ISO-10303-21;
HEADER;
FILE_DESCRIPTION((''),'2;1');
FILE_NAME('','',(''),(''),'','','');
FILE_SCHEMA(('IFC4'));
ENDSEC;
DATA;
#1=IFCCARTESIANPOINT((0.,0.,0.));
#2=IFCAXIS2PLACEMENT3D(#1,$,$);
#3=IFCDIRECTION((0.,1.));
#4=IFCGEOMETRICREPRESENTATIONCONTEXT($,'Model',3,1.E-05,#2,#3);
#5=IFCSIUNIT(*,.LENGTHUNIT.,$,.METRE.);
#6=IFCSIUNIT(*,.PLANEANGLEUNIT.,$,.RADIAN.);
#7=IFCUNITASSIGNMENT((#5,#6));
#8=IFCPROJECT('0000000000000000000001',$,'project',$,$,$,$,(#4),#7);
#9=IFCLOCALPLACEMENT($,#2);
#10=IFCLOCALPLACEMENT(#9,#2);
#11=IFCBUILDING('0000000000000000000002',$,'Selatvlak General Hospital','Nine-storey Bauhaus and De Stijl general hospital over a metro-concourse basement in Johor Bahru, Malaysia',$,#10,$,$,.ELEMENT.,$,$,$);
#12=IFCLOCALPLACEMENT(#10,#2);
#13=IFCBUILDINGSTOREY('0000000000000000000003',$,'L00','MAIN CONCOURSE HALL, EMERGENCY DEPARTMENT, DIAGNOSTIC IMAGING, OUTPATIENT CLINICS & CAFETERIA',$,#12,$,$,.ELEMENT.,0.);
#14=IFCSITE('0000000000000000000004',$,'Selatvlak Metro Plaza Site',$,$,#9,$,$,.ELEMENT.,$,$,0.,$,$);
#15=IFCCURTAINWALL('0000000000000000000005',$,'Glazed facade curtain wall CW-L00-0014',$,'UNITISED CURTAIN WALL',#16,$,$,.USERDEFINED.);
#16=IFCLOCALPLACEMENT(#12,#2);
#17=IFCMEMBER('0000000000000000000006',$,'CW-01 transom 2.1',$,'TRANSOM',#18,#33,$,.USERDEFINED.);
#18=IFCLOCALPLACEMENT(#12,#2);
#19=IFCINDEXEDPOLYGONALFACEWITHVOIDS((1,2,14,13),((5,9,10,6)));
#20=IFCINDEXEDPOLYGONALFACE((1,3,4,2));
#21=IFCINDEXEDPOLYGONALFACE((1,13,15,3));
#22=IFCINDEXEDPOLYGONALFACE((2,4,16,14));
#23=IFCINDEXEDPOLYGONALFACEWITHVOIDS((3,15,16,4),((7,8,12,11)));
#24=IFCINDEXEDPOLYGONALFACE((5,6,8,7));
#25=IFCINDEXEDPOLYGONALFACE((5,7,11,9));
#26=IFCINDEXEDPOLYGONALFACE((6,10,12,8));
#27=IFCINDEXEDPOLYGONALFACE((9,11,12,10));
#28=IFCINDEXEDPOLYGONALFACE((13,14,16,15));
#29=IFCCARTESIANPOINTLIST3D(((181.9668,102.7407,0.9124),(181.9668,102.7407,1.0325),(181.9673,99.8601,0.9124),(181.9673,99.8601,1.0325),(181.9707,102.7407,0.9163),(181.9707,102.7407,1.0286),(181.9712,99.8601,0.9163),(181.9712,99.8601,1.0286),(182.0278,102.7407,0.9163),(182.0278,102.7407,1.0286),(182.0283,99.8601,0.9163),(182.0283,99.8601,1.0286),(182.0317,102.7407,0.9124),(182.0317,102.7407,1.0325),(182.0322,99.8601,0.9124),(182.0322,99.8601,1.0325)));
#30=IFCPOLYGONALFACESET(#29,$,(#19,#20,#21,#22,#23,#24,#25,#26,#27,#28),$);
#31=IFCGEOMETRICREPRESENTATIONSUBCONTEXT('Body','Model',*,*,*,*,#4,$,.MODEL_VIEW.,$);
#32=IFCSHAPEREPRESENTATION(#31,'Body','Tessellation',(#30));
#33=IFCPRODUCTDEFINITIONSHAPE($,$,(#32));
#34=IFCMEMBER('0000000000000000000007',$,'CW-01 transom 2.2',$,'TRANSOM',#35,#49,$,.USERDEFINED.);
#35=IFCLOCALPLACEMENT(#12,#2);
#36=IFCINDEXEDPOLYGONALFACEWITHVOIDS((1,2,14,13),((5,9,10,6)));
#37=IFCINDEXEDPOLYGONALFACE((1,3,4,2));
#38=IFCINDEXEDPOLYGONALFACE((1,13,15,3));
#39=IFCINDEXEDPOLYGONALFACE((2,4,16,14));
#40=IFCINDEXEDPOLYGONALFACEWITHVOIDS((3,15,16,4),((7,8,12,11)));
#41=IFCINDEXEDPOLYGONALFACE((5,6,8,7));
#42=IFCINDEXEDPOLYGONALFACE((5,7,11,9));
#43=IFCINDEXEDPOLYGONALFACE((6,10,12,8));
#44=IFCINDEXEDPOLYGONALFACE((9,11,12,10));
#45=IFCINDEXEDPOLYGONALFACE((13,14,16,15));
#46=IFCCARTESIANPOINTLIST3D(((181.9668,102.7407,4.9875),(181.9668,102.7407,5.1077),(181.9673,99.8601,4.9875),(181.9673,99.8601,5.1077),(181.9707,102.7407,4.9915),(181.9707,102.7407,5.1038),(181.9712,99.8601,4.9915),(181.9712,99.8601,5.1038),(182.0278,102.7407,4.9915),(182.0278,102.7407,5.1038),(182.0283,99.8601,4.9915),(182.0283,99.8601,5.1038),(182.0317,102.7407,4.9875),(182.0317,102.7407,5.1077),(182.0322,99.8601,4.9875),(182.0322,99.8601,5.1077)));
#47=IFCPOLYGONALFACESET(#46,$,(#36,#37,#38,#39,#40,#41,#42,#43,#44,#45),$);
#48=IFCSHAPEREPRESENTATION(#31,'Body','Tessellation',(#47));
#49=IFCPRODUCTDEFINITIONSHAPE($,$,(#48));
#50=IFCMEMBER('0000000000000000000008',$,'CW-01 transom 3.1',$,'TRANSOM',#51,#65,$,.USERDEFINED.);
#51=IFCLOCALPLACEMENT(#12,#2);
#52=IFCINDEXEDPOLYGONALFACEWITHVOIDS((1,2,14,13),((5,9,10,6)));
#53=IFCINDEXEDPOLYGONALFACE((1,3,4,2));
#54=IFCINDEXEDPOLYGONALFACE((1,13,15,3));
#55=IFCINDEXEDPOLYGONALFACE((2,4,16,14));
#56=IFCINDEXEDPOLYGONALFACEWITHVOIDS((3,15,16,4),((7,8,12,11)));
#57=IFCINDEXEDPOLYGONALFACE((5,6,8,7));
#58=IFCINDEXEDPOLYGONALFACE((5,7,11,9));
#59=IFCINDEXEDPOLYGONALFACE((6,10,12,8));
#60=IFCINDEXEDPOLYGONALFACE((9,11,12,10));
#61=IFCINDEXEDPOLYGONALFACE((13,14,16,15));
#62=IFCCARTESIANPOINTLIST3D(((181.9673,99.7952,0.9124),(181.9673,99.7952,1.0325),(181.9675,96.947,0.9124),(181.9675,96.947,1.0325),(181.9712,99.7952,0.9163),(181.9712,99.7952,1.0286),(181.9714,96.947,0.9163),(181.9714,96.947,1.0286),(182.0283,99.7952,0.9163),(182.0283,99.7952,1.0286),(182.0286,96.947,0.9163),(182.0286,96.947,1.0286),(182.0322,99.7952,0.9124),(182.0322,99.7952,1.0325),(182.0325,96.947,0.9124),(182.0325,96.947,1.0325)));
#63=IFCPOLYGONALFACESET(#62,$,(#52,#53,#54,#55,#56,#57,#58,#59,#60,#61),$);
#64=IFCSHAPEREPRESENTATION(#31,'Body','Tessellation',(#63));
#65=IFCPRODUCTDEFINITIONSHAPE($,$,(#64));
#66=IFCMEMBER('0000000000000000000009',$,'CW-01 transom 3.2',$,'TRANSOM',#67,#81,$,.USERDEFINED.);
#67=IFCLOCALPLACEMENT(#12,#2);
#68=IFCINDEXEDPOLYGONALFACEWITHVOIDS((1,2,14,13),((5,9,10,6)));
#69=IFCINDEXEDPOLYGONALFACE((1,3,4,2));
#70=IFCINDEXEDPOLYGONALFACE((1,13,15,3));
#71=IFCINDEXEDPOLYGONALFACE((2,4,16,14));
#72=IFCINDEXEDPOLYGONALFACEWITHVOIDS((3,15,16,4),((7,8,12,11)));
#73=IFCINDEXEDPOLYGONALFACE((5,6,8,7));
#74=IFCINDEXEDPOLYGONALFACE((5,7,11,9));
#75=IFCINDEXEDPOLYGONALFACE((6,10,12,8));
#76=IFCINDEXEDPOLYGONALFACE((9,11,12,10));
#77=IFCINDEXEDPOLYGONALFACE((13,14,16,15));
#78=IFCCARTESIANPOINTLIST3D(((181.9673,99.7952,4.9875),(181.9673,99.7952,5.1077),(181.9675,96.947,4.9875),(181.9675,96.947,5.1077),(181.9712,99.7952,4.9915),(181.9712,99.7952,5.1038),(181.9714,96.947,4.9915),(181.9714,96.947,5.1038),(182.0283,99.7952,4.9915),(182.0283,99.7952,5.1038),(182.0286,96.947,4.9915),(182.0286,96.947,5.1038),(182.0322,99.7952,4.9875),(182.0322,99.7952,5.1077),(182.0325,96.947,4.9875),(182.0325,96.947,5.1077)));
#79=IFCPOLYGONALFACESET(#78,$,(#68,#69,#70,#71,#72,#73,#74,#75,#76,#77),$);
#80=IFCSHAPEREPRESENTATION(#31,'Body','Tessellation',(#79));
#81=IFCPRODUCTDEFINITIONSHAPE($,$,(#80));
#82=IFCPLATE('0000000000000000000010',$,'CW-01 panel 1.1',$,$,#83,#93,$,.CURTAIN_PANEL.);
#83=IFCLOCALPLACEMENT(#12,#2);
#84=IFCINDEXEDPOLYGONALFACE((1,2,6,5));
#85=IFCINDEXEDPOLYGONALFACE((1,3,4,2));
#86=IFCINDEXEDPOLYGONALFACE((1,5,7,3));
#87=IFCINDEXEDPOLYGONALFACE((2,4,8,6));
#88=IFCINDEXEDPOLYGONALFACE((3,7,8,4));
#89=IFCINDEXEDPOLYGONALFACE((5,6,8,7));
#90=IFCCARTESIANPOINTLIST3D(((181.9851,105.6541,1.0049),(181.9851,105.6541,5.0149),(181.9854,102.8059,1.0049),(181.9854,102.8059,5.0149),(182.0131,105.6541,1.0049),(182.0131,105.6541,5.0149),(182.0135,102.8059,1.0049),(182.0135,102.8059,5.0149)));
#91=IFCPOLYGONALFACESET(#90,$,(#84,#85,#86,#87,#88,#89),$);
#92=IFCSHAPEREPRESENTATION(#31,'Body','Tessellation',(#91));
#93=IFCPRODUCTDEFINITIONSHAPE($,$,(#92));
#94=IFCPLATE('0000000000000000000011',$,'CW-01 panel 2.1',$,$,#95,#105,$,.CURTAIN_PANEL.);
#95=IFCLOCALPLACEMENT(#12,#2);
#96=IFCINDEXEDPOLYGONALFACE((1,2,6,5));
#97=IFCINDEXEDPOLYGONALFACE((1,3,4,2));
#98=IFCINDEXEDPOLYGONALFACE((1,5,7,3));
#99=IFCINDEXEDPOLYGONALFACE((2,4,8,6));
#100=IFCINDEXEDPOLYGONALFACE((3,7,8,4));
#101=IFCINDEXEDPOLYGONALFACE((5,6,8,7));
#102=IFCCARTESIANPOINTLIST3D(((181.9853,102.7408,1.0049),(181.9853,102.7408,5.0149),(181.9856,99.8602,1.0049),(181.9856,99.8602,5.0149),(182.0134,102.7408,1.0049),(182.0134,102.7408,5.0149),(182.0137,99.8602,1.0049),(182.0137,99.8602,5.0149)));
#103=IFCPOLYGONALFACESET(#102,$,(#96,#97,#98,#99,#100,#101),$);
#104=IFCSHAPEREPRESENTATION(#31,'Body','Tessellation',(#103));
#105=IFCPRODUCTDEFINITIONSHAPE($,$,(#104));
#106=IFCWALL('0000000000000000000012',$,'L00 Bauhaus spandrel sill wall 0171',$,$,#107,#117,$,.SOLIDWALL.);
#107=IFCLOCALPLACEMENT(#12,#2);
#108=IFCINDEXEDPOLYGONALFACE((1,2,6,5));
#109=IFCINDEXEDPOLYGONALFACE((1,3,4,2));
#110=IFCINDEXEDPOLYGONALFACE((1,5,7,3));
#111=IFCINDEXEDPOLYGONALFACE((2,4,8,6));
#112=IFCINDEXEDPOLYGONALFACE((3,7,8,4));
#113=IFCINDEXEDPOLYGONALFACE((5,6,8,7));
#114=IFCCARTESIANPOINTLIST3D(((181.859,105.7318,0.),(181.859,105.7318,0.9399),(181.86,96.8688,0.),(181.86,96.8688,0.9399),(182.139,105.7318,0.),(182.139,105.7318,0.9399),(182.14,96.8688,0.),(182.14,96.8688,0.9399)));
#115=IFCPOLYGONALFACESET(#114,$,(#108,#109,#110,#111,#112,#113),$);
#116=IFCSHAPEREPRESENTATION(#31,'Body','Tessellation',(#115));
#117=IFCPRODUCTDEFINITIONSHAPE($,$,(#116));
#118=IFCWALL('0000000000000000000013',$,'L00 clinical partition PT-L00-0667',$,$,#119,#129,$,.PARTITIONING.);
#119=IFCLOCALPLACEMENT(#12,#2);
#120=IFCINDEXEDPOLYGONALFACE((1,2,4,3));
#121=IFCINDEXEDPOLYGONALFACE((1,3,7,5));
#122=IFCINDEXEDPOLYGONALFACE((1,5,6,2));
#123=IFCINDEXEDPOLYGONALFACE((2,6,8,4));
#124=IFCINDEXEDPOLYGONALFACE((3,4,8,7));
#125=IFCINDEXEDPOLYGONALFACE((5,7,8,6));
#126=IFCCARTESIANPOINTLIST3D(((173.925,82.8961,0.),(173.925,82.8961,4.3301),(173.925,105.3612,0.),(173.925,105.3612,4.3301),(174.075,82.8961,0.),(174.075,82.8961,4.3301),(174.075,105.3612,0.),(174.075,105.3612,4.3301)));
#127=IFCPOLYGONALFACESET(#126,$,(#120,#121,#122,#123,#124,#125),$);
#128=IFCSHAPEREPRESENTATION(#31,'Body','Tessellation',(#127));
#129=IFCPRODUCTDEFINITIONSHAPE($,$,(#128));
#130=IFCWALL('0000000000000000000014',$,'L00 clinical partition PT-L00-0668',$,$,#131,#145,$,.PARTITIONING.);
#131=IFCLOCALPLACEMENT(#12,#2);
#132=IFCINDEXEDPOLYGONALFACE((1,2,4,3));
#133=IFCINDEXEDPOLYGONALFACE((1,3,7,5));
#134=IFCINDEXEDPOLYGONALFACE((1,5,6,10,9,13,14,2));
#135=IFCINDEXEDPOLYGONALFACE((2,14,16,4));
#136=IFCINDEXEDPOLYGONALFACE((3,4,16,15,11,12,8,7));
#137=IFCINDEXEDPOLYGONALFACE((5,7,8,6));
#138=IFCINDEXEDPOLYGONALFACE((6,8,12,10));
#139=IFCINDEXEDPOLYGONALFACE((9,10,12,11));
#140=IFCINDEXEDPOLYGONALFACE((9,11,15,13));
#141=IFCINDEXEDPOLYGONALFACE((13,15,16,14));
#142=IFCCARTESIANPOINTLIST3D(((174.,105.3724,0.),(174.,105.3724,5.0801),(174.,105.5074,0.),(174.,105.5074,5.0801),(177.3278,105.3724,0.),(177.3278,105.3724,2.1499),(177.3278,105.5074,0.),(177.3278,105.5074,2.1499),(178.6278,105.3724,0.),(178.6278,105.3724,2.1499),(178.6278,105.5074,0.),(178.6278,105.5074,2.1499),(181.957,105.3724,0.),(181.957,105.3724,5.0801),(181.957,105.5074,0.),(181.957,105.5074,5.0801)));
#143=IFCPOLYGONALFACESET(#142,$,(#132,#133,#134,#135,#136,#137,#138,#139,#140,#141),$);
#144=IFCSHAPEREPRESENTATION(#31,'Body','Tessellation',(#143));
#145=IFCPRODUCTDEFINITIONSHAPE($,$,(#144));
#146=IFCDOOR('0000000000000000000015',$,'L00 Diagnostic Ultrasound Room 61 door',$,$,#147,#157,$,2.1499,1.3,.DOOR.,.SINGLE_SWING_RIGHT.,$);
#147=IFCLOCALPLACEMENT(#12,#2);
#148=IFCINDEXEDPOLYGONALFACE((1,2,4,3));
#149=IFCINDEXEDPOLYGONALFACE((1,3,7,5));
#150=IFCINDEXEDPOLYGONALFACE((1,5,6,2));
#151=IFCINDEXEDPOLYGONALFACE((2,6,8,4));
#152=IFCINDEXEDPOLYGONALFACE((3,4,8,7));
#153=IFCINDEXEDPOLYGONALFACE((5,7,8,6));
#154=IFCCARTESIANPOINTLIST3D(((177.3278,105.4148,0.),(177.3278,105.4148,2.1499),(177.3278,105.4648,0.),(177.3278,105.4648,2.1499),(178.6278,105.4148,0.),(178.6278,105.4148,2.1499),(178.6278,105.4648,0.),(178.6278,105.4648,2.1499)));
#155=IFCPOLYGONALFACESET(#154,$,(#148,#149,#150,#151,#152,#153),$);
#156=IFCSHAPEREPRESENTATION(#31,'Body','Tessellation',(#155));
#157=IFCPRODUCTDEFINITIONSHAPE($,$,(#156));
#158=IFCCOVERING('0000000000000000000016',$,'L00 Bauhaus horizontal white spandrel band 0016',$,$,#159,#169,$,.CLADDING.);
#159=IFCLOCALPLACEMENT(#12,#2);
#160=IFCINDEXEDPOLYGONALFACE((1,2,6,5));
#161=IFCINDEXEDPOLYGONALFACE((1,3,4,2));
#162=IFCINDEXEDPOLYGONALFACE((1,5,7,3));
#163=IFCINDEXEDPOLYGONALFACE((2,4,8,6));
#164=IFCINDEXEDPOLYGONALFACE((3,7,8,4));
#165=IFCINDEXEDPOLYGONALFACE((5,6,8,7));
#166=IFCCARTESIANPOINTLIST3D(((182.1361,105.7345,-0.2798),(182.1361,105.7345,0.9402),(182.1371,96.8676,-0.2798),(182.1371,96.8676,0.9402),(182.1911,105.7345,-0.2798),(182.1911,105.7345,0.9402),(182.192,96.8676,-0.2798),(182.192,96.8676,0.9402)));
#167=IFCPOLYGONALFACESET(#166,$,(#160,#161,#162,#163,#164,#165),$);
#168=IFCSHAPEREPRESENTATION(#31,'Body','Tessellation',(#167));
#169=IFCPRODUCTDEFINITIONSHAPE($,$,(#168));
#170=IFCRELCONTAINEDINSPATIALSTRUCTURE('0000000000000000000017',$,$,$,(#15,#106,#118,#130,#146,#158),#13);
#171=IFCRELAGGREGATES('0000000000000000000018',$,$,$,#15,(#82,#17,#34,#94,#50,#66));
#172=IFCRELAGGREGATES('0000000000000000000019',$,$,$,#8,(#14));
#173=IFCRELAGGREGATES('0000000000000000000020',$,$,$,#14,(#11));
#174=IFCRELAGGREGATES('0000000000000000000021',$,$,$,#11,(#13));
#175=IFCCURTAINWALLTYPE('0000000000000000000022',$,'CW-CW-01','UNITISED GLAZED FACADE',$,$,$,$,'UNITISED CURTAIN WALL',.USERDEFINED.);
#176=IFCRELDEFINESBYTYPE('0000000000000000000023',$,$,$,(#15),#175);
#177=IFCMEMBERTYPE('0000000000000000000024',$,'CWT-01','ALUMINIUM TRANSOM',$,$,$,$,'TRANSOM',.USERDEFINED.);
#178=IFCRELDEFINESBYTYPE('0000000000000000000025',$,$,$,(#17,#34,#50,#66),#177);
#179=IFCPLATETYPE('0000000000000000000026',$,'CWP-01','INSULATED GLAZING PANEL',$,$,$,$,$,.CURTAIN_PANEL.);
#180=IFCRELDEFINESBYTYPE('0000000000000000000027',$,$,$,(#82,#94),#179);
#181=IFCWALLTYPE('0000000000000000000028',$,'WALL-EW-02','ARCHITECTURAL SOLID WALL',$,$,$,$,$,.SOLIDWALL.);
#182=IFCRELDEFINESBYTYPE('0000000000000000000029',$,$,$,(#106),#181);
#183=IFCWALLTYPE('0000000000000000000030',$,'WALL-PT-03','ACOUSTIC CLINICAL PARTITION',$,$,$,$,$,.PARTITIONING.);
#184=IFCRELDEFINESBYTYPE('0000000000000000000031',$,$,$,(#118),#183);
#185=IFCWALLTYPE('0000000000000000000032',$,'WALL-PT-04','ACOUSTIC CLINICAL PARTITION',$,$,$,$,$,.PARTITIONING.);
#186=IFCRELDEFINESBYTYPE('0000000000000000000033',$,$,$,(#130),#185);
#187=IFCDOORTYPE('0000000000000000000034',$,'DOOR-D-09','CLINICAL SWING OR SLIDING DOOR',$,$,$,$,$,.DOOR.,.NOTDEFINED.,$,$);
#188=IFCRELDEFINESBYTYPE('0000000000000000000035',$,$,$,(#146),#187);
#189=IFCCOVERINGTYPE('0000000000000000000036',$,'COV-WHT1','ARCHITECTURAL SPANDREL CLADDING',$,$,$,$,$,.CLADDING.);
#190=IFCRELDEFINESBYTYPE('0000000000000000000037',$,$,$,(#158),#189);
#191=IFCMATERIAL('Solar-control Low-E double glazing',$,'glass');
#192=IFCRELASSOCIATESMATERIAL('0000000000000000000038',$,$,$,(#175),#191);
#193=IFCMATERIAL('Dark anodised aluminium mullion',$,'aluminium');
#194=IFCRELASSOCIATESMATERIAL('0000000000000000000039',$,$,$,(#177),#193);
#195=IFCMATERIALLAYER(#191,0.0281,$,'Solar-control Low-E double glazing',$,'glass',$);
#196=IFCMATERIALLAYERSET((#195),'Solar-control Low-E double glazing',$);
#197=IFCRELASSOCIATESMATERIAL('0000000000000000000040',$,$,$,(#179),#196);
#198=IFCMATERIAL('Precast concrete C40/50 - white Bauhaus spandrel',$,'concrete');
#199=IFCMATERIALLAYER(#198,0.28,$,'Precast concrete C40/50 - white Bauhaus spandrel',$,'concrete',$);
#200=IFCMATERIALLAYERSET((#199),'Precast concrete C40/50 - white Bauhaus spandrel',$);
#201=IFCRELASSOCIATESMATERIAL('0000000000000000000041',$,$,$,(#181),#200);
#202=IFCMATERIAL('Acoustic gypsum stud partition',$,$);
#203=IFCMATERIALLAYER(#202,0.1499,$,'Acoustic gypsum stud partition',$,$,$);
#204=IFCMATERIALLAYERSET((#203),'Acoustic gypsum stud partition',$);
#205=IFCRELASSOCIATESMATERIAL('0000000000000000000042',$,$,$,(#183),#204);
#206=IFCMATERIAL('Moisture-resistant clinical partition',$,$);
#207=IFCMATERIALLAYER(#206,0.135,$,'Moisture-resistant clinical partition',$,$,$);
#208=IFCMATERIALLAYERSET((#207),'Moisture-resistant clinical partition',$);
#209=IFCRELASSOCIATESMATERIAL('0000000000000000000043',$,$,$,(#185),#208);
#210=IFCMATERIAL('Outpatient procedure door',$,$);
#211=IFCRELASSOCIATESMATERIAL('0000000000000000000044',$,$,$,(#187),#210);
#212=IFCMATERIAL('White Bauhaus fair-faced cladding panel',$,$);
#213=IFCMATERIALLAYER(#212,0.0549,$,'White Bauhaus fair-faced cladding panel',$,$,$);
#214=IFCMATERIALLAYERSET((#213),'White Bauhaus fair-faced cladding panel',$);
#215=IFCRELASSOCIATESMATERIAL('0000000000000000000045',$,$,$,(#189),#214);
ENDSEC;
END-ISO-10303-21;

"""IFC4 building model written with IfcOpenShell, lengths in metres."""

from ifc_helpers import new_model, si_unit, direction, frame, frame_2d, origin, origin_2d, place, context, subcontext, project, spatial, rectangle, hollow_rectangle, extrude, material, layer, layer_set, material_profile, profile_set, type_object, element, fill, aggregate, save


model = new_model("IFC4")

# Units and contexts
model_context = context("Model", 3, precision=1e-05, world=origin(), true_north=direction((0.0, 1.0)))
body_context = subcontext(model_context, "Body", "Model", "MODEL_VIEW")
ifc_project = project(units=[si_unit("LENGTHUNIT", "METRE"), si_unit("PLANEANGLEUNIT", "RADIAN")], contexts=[model_context])

# Site, building, storey
site_placement = place(None, origin())
site = spatial("IfcSite", under=ifc_project, at=site_placement, Name="Selatvlak Metro Plaza Site", CompositionType="ELEMENT", RefElevation=0.0)
building_placement = place(site_placement, origin())
building = spatial("IfcBuilding", under=site, at=building_placement, Name="Selatvlak General Hospital", Description="Nine-storey Bauhaus and De Stijl general hospital over a metro-concourse basement in Johor Bahru, Malaysia", CompositionType="ELEMENT")
storey_placement = place(building_placement, origin())
storey = spatial("IfcBuildingStorey", under=building, at=storey_placement, Name="L00", Description="MAIN CONCOURSE HALL, EMERGENCY DEPARTMENT, DIAGNOSTIC IMAGING, OUTPATIENT CLINICS & CAFETERIA", CompositionType="ELEMENT", Elevation=0.0)

# Curtain wall, members, plates
ifc_material_1 = material(Name="Solar-control Low-E double glazing", Category="glass")
curtain_wall_type = type_object("IfcCurtainWallType", Name="CW-CW-01", Description="UNITISED GLAZED FACADE", ElementType="UNITISED CURTAIN WALL", PredefinedType="USERDEFINED", material=ifc_material_1)
curtain_wall_placement = place(storey_placement, origin())
curtain_wall = element("IfcCurtainWall", 1, at=curtain_wall_placement, inside=storey, type_object=curtain_wall_type, Name="Glazed facade curtain wall CW-L00-0014", ObjectType="UNITISED CURTAIN WALL", PredefinedType="USERDEFINED")
ifc_material_2 = material(Name="Dark anodised aluminium mullion", Category="aluminium")
ifc_material_profile_1 = material_profile(ifc_material_2, hollow_rectangle(XDim=0.0649, YDim=0.1201, WallThickness=0.0039, at=origin_2d()), Name="AL-TRN 65x120x4")
ifc_profile_set_1 = profile_set([ifc_material_profile_1], Name="Dark anodised aluminium mullion")
member_type_1 = type_object("IfcMemberType", Name="CWT-01", Description="ALUMINIUM TRANSOM", ElementType="TRANSOM", PredefinedType="USERDEFINED", material=ifc_profile_set_1)
member_1_placement = place(storey_placement, frame((181.9993, 102.7407, 0.9724), z_axis=(0.00017, -1.0, 0.0), x_axis=(1.0, 0.00017, 0.0)))
member_1 = element("IfcMember", 2, at=member_1_placement, type_object=member_type_1, Name="CW-01 transom 2.1", ObjectType="TRANSOM", PredefinedType="USERDEFINED", context=body_context, shape_type="SweptSolid", body=[
    extrude(hollow_rectangle(XDim=0.0649, YDim=0.1201, WallThickness=0.0039, at=origin_2d()), origin(), (0.0, 0.0, 1.0), 2.8806),
])
member_2_placement = place(storey_placement, frame((181.9993, 102.7407, 5.0476), z_axis=(0.00017, -1.0, 0.0), x_axis=(1.0, 0.00017, 0.0)))
member_2 = element("IfcMember", 3, at=member_2_placement, type_object=member_type_1, Name="CW-01 transom 2.2", ObjectType="TRANSOM", PredefinedType="USERDEFINED", context=body_context, shape_type="SweptSolid", body=[
    extrude(hollow_rectangle(XDim=0.0649, YDim=0.1201, WallThickness=0.0039, at=origin_2d()), origin(), (0.0, 0.0, 1.0), 2.8806),
])
member_3_placement = place(storey_placement, frame((181.9998, 99.7952, 0.9724), z_axis=(0.000086, -1.0, 0.0), x_axis=(1.0, 0.000086, 0.0)))
member_3 = element("IfcMember", 4, at=member_3_placement, type_object=member_type_1, Name="CW-01 transom 3.1", ObjectType="TRANSOM", PredefinedType="USERDEFINED", context=body_context, shape_type="SweptSolid", body=[
    extrude(hollow_rectangle(XDim=0.0649, YDim=0.1201, WallThickness=0.0039, at=origin_2d()), origin(), (0.0, 0.0, 1.0), 2.8481),
])
member_4_placement = place(storey_placement, frame((181.9998, 99.7952, 5.0476), z_axis=(0.000086, -1.0, 0.0), x_axis=(1.0, 0.000086, 0.0)))
member_4 = element("IfcMember", 5, at=member_4_placement, type_object=member_type_1, Name="CW-01 transom 3.2", ObjectType="TRANSOM", PredefinedType="USERDEFINED", context=body_context, shape_type="SweptSolid", body=[
    extrude(hollow_rectangle(XDim=0.0649, YDim=0.1201, WallThickness=0.0039, at=origin_2d()), origin(), (0.0, 0.0, 1.0), 2.8481),
])
ifc_layer_1 = layer(ifc_material_1, 0.0281, Name="Solar-control Low-E double glazing", Category="glass")
ifc_layer_set_1 = layer_set([ifc_layer_1], Name="Solar-control Low-E double glazing")
plate_type = type_object("IfcPlateType", Name="CWP-01", Description="INSULATED GLAZING PANEL", PredefinedType="CURTAIN_PANEL", material=ifc_layer_set_1)
plate_1_placement = place(storey_placement, frame((181.9993, 104.23, 1.0049), z_axis=(0.0, 0.0, 1.0), x_axis=(0.000113, -1.0, 0.0)))
plate_1 = element("IfcPlate", 6, at=plate_1_placement, type_object=plate_type, Name="CW-01 panel 1.1", PredefinedType="CURTAIN_PANEL", context=body_context, shape_type="SweptSolid", body=[
    extrude(rectangle(XDim=2.8481, YDim=0.0281, at=origin_2d()), origin(), (0.0, 0.0, 1.0), 4.01),
])
plate_2_placement = place(storey_placement, frame((181.9995, 101.3005, 1.0049), z_axis=(0.0, 0.0, 1.0), x_axis=(0.000113, -1.0, 0.0)))
plate_2 = element("IfcPlate", 7, at=plate_2_placement, type_object=plate_type, Name="CW-01 panel 2.1", PredefinedType="CURTAIN_PANEL", context=body_context, shape_type="SweptSolid", body=[
    extrude(rectangle(XDim=2.8806, YDim=0.0281, at=origin_2d()), origin(), (0.0, 0.0, 1.0), 4.01),
])
aggregate(curtain_wall, [plate_1, member_1, member_2, plate_2, member_3, member_4])

# Walls
ifc_material_3 = material(Name="Precast concrete C40/50 - white Bauhaus spandrel", Category="concrete")
ifc_layer_2 = layer(ifc_material_3, 0.28, Name="Precast concrete C40/50 - white Bauhaus spandrel", Category="concrete")
ifc_layer_set_2 = layer_set([ifc_layer_2], Name="Precast concrete C40/50 - white Bauhaus spandrel")
wall_type_1 = type_object("IfcWallType", Name="WALL-EW-02", Description="ARCHITECTURAL SOLID WALL", PredefinedType="SOLIDWALL", material=ifc_layer_set_2)
wall_1_placement = place(storey_placement, frame((181.999, 105.7319, 0.0), z_axis=(0.0, 0.0, 1.0), x_axis=(0.00011, -1.0, 0.0)))
element("IfcWall", 8, at=wall_1_placement, inside=storey, type_object=wall_type_1, Name="L00 Bauhaus spandrel sill wall 0171", PredefinedType="SOLIDWALL", context=body_context, shape_type="SweptSolid", body=[
    extrude(rectangle(XDim=8.863, YDim=0.28, at=frame_2d((4.4316, 0.0))), origin(), (0.0, 0.0, 1.0), 0.9399),
])
ifc_material_4 = material(Name="Acoustic gypsum stud partition")
ifc_layer_3 = layer(ifc_material_4, 0.1499, Name="Acoustic gypsum stud partition")
ifc_layer_set_3 = layer_set([ifc_layer_3], Name="Acoustic gypsum stud partition")
wall_type_2 = type_object("IfcWallType", Name="WALL-PT-03", Description="ACOUSTIC CLINICAL PARTITION", PredefinedType="PARTITIONING", material=ifc_layer_set_3)
wall_2_placement = place(storey_placement, frame((174.0, 105.3611, 0.0), z_axis=(0.0, 0.0, 1.0), x_axis=(0.0, -1.0, 0.0)))
element("IfcWall", 9, at=wall_2_placement, inside=storey, type_object=wall_type_2, Name="L00 clinical partition PT-L00-0667", PredefinedType="PARTITIONING", context=body_context, shape_type="SweptSolid", body=[
    extrude(rectangle(XDim=22.4651, YDim=0.1499, at=frame_2d((11.2324, 0.0))), origin(), (0.0, 0.0, 1.0), 4.3301),
])

# Wall, opening, door
ifc_material_5 = material(Name="Moisture-resistant clinical partition")
ifc_layer_4 = layer(ifc_material_5, 0.135, Name="Moisture-resistant clinical partition")
ifc_layer_set_4 = layer_set([ifc_layer_4], Name="Moisture-resistant clinical partition")
wall_type_3 = type_object("IfcWallType", Name="WALL-PT-04", Description="ACOUSTIC CLINICAL PARTITION", PredefinedType="PARTITIONING", material=ifc_layer_set_4)
wall_3_placement = place(storey_placement, frame((174.0, 105.4399, 0.0), z_axis=(0.0, 0.0, 1.0), x_axis=(1.0, 0.0, 0.0)))
wall_3 = element("IfcWall", 10, at=wall_3_placement, inside=storey, type_object=wall_type_3, Name="L00 clinical partition PT-L00-0668", PredefinedType="PARTITIONING", context=body_context, shape_type="SweptSolid", body=[
    extrude(rectangle(XDim=7.957, YDim=0.135, at=frame_2d((3.9785, 0.0))), origin(), (0.0, 0.0, 1.0), 5.0801),
])
opening_placement = place(wall_3_placement, frame((3.3279, 0.0, 0.0)))
opening = element("IfcOpeningElement", 11, at=opening_placement, cuts=wall_3, PredefinedType="OPENING", context=body_context, shape_type="SweptSolid", body=[
    extrude(rectangle(XDim=1.3, YDim=2.1499, at=frame_2d((0.6499, 1.075))), frame((0.0, 0.0774, 0.0), z_axis=(0.0, -1.0, 0.0), x_axis=(1.0, 0.0, 0.0)), (0.0, 0.0, 1.0), 0.155),
])
ifc_material_6 = material(Name="Outpatient procedure door")
door_type = type_object("IfcDoorType", Name="DOOR-D-09", Description="CLINICAL SWING OR SLIDING DOOR", OperationType="NOTDEFINED", PredefinedType="DOOR", material=ifc_material_6)
door_placement = place(opening_placement, origin())
door = element("IfcDoor", 12, at=door_placement, inside=storey, type_object=door_type, Name="L00 Diagnostic Ultrasound Room 61 door", OperationType="SINGLE_SWING_RIGHT", OverallHeight=2.1499, OverallWidth=1.3, PredefinedType="DOOR", context=body_context, shape_type="SweptSolid", body=[
    extrude(rectangle(XDim=1.3, YDim=2.1499, at=frame_2d((0.6499, 1.075))), frame((0.0, 0.0249, 0.0), z_axis=(0.0, -1.0, 0.0), x_axis=(1.0, 0.0, 0.0)), (0.0, 0.0, 1.0), 0.05),
])
fill(opening, door)

# Covering
ifc_material_7 = material(Name="White Bauhaus fair-faced cladding panel")
ifc_layer_5 = layer(ifc_material_7, 0.0549, Name="White Bauhaus fair-faced cladding panel")
ifc_layer_set_5 = layer_set([ifc_layer_5], Name="White Bauhaus fair-faced cladding panel")
covering_type = type_object("IfcCoveringType", Name="COV-WHT1", Description="ARCHITECTURAL SPANDREL CLADDING", PredefinedType="CLADDING", material=ifc_layer_set_5)
covering_placement = place(storey_placement, frame((182.1641, 101.301, -0.2798), z_axis=(0.0, 0.0, 1.0), x_axis=(0.000105, -1.0, 0.0)))
element("IfcCovering", 13, at=covering_placement, inside=storey, type_object=covering_type, Name="L00 Bauhaus horizontal white spandrel band 0016", PredefinedType="CLADDING", context=body_context, shape_type="SweptSolid", body=[
    extrude(rectangle(XDim=8.8669, YDim=0.0549, at=origin_2d()), origin(), (0.0, 0.0, 1.0), 1.22),
])

save(model, "model.ifc")
